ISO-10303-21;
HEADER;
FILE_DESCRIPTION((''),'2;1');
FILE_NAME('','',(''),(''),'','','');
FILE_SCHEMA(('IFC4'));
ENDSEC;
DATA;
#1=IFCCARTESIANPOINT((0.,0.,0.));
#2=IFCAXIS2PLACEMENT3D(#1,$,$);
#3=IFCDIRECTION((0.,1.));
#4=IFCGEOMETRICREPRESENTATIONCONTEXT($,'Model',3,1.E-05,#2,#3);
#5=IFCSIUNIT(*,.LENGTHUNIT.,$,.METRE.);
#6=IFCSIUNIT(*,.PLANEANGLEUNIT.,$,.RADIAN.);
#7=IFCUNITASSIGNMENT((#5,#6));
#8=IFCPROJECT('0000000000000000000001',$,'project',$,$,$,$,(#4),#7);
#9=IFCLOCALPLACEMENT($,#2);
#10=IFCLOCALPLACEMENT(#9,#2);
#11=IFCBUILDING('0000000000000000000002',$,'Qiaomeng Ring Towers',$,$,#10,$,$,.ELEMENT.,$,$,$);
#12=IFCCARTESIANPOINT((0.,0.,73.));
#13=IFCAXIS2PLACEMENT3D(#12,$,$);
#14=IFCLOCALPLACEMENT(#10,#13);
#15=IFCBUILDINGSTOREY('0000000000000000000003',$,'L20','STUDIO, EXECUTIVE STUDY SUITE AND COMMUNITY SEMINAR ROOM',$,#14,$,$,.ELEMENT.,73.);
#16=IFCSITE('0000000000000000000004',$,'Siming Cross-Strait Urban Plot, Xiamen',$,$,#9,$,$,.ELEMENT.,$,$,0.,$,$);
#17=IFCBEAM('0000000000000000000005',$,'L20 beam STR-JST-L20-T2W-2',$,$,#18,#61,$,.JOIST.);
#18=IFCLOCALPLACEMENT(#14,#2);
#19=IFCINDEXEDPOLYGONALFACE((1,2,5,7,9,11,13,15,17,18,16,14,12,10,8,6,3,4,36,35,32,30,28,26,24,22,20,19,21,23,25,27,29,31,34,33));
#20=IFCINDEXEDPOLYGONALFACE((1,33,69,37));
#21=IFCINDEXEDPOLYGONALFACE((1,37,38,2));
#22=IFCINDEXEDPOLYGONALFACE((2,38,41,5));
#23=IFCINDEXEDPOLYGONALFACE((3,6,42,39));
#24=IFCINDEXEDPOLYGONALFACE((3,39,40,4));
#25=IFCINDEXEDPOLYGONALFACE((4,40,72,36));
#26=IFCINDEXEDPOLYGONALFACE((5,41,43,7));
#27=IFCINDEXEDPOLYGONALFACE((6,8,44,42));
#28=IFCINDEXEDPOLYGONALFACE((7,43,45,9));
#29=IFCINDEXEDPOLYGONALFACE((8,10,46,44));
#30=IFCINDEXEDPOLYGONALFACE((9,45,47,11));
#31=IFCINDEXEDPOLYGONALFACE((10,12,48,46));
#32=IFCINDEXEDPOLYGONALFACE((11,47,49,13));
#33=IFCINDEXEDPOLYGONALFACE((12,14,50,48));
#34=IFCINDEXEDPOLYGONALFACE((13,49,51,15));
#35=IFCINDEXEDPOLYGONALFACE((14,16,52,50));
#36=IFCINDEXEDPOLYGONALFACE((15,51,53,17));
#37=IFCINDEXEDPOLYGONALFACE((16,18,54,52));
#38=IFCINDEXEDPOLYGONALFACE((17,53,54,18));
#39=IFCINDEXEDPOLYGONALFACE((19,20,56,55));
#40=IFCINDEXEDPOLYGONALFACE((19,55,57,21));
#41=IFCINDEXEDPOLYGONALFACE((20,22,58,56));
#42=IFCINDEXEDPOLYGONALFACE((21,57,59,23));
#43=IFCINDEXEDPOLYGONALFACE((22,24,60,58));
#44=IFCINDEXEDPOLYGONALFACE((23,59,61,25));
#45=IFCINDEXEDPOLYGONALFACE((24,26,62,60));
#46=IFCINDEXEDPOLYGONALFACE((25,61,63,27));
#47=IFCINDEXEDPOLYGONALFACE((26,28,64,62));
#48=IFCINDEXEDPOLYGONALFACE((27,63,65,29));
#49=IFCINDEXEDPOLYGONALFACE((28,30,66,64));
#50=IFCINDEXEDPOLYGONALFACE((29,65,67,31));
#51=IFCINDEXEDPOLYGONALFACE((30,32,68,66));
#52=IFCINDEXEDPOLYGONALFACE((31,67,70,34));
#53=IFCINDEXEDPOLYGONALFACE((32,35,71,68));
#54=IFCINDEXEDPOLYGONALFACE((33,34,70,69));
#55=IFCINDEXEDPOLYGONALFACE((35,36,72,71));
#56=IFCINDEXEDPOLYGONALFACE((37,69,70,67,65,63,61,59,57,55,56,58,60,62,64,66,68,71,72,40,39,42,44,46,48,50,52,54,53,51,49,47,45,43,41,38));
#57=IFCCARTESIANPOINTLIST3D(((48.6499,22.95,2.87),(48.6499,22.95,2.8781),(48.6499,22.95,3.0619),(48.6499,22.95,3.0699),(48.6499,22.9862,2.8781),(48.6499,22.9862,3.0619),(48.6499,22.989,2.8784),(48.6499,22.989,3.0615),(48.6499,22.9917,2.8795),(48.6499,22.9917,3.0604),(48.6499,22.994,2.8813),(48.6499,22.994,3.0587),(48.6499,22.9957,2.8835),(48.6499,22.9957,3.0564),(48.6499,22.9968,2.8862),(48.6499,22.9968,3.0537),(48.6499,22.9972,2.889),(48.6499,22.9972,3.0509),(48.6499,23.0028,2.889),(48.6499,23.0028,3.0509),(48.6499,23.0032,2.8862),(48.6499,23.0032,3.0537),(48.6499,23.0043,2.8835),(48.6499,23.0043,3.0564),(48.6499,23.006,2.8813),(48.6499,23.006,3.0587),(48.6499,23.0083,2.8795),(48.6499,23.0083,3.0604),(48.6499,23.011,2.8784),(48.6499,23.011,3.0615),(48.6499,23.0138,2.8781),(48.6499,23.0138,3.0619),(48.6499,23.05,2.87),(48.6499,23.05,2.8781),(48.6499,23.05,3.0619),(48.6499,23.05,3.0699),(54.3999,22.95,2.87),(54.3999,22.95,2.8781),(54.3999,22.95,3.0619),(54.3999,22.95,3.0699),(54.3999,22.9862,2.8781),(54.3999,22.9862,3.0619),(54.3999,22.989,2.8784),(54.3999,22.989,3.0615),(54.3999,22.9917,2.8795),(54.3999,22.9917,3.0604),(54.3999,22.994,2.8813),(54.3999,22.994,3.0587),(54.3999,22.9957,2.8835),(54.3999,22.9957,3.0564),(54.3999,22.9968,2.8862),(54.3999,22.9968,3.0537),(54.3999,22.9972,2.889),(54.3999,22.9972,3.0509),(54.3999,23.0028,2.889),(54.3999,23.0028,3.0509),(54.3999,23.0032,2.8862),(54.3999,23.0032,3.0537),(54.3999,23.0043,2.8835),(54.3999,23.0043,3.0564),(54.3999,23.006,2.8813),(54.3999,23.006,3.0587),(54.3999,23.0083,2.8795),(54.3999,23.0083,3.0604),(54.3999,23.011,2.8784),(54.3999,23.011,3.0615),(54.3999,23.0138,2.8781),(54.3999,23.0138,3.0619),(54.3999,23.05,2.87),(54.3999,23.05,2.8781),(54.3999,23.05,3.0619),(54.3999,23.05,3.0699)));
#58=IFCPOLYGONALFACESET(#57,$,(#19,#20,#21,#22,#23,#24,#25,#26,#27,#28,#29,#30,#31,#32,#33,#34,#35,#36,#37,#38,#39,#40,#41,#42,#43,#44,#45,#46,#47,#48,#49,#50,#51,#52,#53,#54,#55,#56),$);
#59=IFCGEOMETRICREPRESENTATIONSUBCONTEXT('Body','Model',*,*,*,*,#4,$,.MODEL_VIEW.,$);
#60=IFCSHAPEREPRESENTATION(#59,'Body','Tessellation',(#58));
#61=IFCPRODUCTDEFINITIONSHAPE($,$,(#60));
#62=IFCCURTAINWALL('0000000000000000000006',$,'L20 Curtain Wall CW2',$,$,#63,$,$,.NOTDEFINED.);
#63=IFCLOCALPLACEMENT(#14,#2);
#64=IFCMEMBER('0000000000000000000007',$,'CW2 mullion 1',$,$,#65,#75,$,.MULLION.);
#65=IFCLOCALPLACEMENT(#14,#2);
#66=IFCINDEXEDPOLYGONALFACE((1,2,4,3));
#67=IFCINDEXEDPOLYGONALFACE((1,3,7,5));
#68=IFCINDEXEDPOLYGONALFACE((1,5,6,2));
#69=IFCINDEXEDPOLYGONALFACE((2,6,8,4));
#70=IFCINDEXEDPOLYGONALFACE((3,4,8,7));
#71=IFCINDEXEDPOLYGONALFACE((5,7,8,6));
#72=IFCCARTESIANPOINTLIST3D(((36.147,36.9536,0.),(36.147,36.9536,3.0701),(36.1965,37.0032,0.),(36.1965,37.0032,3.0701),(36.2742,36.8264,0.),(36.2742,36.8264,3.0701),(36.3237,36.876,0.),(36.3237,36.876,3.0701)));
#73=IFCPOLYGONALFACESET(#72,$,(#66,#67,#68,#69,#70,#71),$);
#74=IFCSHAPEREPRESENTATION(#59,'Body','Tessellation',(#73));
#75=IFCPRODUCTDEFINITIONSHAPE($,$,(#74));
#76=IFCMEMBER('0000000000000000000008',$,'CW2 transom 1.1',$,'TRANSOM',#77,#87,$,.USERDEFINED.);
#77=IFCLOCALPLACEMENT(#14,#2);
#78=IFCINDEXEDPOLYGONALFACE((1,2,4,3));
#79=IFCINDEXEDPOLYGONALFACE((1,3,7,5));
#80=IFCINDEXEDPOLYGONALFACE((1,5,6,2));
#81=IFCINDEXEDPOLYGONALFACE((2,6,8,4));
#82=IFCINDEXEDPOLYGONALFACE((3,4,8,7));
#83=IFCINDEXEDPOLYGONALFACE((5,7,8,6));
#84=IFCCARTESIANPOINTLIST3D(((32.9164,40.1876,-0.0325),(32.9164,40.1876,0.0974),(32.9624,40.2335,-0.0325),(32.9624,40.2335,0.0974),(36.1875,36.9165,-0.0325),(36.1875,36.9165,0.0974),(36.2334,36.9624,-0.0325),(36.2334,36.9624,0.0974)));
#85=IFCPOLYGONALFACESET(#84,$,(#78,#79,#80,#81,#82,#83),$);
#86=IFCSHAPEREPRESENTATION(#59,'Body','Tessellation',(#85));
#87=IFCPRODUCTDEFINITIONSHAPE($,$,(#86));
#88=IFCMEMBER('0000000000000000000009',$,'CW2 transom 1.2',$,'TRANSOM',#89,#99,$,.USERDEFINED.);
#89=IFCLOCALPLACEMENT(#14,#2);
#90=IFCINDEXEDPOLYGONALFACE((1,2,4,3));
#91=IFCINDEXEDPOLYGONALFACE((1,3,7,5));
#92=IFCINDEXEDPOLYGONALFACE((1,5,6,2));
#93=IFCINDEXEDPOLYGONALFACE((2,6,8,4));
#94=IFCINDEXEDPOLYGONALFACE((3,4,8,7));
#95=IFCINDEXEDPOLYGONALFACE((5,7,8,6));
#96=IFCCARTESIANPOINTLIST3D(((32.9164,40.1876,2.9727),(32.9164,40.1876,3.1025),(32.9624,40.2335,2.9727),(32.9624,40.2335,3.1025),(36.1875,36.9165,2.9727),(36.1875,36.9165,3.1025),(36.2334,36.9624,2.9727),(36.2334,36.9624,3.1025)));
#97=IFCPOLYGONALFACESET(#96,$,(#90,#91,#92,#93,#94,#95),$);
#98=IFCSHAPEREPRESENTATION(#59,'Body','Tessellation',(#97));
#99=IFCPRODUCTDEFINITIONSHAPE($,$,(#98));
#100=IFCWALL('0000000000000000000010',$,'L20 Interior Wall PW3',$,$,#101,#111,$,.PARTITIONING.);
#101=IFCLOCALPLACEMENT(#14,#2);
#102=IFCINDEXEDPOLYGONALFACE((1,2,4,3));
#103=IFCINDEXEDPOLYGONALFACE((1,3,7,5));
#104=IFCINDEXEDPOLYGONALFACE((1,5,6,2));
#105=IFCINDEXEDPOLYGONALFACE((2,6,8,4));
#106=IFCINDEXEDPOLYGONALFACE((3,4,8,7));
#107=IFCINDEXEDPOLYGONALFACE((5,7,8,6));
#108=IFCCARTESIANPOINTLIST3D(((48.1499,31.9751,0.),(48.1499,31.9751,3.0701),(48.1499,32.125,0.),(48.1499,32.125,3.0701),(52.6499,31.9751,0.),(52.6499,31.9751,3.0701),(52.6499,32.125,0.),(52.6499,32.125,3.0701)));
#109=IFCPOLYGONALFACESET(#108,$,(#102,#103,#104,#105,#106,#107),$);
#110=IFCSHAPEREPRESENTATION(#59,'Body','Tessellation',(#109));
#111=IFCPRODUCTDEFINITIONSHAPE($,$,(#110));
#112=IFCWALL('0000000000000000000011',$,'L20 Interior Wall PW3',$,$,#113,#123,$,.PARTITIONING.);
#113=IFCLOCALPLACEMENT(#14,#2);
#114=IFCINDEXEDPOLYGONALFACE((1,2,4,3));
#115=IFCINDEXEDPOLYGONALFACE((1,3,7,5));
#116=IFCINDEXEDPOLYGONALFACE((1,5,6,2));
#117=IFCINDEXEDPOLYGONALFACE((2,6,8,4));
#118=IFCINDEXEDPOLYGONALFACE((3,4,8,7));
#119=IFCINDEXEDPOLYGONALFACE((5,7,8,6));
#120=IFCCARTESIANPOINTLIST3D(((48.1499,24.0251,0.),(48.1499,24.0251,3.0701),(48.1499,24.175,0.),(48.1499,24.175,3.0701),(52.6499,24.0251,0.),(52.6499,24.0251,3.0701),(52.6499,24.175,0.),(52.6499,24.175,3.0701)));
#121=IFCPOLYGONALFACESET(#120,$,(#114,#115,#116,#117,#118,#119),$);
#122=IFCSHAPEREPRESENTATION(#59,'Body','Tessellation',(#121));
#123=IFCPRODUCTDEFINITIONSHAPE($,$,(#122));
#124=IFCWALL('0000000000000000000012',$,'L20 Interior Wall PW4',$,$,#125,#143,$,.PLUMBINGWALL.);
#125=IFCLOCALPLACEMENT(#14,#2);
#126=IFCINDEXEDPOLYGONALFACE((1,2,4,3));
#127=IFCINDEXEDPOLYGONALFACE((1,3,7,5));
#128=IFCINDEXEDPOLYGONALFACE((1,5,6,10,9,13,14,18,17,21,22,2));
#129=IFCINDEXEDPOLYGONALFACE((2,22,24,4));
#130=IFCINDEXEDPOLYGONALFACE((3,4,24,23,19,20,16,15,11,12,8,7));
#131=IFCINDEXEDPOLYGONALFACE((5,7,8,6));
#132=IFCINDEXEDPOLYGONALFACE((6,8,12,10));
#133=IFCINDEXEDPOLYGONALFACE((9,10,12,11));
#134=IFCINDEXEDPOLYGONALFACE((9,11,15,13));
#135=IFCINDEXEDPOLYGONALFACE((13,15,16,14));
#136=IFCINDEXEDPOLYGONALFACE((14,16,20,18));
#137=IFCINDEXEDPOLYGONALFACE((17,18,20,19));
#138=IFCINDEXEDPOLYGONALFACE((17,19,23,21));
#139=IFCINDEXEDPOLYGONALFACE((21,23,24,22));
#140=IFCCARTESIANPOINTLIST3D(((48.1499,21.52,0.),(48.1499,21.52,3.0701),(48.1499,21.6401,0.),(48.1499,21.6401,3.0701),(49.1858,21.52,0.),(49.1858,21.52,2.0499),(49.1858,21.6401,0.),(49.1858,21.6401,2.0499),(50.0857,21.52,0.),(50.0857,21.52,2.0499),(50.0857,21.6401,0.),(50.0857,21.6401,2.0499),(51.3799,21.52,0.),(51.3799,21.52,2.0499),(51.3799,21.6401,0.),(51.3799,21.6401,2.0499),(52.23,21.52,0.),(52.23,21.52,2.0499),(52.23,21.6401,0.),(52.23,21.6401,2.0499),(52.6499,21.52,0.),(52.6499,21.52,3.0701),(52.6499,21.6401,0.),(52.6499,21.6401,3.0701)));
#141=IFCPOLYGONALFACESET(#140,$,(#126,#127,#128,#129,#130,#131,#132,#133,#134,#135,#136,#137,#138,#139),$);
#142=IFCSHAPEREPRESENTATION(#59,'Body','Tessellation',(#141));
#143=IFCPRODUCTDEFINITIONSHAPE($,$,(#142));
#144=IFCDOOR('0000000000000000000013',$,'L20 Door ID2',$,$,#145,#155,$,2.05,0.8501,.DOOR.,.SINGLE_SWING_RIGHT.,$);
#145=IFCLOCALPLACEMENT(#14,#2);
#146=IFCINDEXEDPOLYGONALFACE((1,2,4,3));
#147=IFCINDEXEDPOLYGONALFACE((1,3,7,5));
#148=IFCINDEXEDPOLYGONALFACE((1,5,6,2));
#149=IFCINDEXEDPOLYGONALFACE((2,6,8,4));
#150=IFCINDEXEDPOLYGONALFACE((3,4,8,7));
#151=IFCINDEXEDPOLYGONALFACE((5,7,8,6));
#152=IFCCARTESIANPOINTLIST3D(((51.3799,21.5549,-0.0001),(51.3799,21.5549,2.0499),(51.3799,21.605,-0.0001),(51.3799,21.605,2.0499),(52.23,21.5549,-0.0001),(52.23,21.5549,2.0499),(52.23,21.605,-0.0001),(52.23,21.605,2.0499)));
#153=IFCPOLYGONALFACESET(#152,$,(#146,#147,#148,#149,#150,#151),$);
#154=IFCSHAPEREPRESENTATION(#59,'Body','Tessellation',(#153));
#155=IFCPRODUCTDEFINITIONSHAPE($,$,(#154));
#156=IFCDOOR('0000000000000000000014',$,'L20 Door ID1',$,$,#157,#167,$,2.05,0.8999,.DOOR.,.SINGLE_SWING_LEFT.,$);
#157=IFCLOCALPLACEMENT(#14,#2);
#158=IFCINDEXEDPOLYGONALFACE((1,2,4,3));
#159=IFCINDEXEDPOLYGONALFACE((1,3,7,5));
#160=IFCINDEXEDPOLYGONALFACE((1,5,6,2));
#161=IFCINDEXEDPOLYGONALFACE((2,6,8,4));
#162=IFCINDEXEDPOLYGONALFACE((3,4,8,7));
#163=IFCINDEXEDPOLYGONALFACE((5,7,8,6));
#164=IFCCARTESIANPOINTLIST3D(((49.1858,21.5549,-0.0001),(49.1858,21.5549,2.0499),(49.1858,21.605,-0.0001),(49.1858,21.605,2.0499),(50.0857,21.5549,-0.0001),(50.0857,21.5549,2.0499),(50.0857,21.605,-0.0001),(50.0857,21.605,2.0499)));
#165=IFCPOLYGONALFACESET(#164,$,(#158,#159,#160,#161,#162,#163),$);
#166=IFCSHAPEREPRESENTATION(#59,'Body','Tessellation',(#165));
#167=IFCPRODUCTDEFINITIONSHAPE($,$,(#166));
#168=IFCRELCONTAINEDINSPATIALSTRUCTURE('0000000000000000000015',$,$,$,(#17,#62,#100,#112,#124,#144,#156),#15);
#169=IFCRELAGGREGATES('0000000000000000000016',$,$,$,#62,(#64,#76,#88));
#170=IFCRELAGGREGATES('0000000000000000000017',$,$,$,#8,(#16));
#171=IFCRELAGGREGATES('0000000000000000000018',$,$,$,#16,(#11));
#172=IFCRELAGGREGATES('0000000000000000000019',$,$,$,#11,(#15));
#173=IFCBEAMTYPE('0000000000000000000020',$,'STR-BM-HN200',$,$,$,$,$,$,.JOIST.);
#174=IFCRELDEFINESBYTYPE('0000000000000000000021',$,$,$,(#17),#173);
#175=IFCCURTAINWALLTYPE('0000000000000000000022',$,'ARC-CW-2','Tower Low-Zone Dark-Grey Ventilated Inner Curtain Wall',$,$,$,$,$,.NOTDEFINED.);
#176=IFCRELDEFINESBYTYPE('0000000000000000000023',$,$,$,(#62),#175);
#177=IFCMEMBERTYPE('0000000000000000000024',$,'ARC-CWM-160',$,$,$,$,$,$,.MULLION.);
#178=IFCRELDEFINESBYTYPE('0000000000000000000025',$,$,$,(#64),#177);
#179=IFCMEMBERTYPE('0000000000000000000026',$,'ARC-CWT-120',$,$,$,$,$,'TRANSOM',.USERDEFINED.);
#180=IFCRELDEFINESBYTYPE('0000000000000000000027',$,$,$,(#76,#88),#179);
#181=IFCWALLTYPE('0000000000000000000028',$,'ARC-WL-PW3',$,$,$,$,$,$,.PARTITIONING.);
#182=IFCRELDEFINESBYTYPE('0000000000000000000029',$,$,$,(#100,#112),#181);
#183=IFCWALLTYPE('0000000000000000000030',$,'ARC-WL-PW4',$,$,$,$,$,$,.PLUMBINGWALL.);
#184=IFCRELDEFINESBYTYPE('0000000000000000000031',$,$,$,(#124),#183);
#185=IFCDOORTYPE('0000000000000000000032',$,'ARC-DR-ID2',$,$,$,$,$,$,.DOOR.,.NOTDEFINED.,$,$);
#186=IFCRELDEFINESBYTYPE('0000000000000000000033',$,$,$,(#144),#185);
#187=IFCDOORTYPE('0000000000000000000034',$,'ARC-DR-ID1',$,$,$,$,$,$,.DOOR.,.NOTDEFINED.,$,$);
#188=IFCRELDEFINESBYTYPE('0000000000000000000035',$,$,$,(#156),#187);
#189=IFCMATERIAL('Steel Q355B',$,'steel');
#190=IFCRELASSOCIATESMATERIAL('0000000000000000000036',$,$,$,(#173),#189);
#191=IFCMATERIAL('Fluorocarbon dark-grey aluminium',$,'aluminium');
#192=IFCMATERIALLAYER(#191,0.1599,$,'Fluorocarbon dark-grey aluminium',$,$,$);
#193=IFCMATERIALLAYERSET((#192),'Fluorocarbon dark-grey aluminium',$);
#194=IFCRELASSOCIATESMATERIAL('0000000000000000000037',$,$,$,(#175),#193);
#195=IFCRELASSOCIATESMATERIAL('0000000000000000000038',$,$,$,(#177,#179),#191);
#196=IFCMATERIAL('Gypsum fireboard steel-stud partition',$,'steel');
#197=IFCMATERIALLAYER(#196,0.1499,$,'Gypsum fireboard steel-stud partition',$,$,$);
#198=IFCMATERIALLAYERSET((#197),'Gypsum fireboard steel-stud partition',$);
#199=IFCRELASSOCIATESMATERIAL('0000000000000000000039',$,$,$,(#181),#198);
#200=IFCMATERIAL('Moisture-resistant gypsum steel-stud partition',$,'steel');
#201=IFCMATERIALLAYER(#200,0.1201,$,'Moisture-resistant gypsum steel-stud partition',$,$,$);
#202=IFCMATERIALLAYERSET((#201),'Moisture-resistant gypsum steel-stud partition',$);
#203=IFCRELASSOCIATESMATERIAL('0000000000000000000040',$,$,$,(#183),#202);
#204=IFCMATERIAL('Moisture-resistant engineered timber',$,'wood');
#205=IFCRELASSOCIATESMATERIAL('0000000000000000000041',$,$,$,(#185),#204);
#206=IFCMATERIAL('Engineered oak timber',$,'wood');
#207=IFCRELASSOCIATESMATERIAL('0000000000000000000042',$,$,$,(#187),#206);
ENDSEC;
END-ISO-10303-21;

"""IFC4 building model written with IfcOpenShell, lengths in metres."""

from ifc_helpers import new_model, si_unit, direction, frame, frame_2d, origin, origin_2d, place, context, subcontext, project, spatial, rectangle, i_section, extrude, source, transform, mapped, material, layer, layer_set, material_profile, profile_set, type_object, element, fill, aggregate, save


model = new_model("IFC4")

# Units and contexts
model_context = context("Model", 3, precision=1e-05, world=origin(), true_north=direction((0.0, 1.0)))
body_context = subcontext(model_context, "Body", "Model", "MODEL_VIEW")
ifc_project = project(units=[si_unit("LENGTHUNIT", "METRE"), si_unit("PLANEANGLEUNIT", "RADIAN")], contexts=[model_context])

# Site, building, storey
site_placement = place(None, origin())
site = spatial("IfcSite", under=ifc_project, at=site_placement, Name="Siming Cross-Strait Urban Plot, Xiamen", CompositionType="ELEMENT", RefElevation=0.0)
building_placement = place(site_placement, origin())
building = spatial("IfcBuilding", under=site, at=building_placement, Name="Qiaomeng Ring Towers", CompositionType="ELEMENT")
storey_placement = place(building_placement, frame((0.0, 0.0, 73.0)))
storey = spatial("IfcBuildingStorey", under=building, at=storey_placement, Name="L20", Description="STUDIO, EXECUTIVE STUDY SUITE AND COMMUNITY SEMINAR ROOM", CompositionType="ELEMENT", Elevation=73.0)

# Beam
ifc_material_1 = material(Name="Steel Q355B", Category="steel")
ifc_material_profile_1 = material_profile(ifc_material_1, i_section(OverallWidth=0.1001, OverallDepth=0.2, WebThickness=0.0056, FlangeThickness=0.0081, FilletRadius=0.011, at=origin_2d()), Name="HN 200x100x5.5x8")
ifc_profile_set_1 = profile_set([ifc_material_profile_1], Name="Steel Q355B")
beam_type_1 = type_object("IfcBeamType", Name="STR-BM-HN200", PredefinedType="JOIST", material=ifc_profile_set_1)
shared_shape_1 = source(origin(), body_context, "Body", "SweptSolid", [
    extrude(i_section(OverallWidth=0.1001, OverallDepth=0.2, WebThickness=0.0056, FlangeThickness=0.0081, FilletRadius=0.011, at=origin_2d()), origin(), (0.0, 0.0, 1.0), 5.75),
])
beam_1_placement = place(storey_placement, frame((48.6499, 23.0, 2.97), z_axis=(1.0, 0.0, 0.0), x_axis=(0.0, 1.0, 0.0)))
element("IfcBeam", 1, at=beam_1_placement, inside=storey, type_object=beam_type_1, Name="L20 beam STR-JST-L20-T2W-2", PredefinedType="JOIST", context=body_context, shape_type="MappedRepresentation", body=[
    mapped(shared_shape_1, transform((0.0, 0.0, 0.0), x_axis=(1.0, 0.0, 0.0), y_axis=(0.0, 1.0, 0.0), z_axis=(0.0, 0.0, 1.0), scale=1.0)),
])

# Curtain wall, members
ifc_material_2 = material(Name="Fluorocarbon dark-grey aluminium", Category="aluminium")
ifc_layer_1 = layer(ifc_material_2, 0.1599, Name="Fluorocarbon dark-grey aluminium")
ifc_layer_set_1 = layer_set([ifc_layer_1], Name="Fluorocarbon dark-grey aluminium")
curtain_wall_type = type_object("IfcCurtainWallType", Name="ARC-CW-2", Description="Tower Low-Zone Dark-Grey Ventilated Inner Curtain Wall", PredefinedType="NOTDEFINED", material=ifc_layer_set_1)
curtain_wall_placement = place(storey_placement, origin())
curtain_wall = element("IfcCurtainWall", 2, at=curtain_wall_placement, inside=storey, type_object=curtain_wall_type, Name="L20 Curtain Wall CW2", PredefinedType="NOTDEFINED")
ifc_material_profile_2 = material_profile(ifc_material_2, rectangle(XDim=0.0701, YDim=0.1799, at=origin_2d()), Name="ALU MULL 70x180")
ifc_profile_set_2 = profile_set([ifc_material_profile_2], Name="Fluorocarbon dark-grey aluminium")
member_type_1 = type_object("IfcMemberType", Name="ARC-CWM-160", PredefinedType="MULLION", material=ifc_profile_set_2)
shared_shape_2 = source(origin(), body_context, "Body", "SweptSolid", [
    extrude(rectangle(XDim=0.0701, YDim=0.1799, at=origin_2d()), origin(), (0.0, 0.0, 1.0), 3.0701),
])
member_1_placement = place(storey_placement, frame((36.2354, 36.9148, 0.0), z_axis=(0.0, 0.0, 1.0), x_axis=(-0.707107, -0.707107, 0.0)))
member_1 = element("IfcMember", 3, at=member_1_placement, type_object=member_type_1, Name="CW2 mullion 1", PredefinedType="MULLION", context=body_context, shape_type="MappedRepresentation", body=[
    mapped(shared_shape_2, transform((0.0, 0.0, 0.0), x_axis=(1.0, 0.0, 0.0), y_axis=(0.0, 1.0, 0.0), z_axis=(0.0, 0.0, 1.0), scale=1.0)),
])
ifc_material_profile_3 = material_profile(ifc_material_2, rectangle(XDim=0.0649, YDim=0.1299, at=origin_2d()), Name="ALU TRAN 65x130")
ifc_profile_set_3 = profile_set([ifc_material_profile_3], Name="Fluorocarbon dark-grey aluminium")
member_type_2 = type_object("IfcMemberType", Name="ARC-CWT-120", ElementType="TRANSOM", PredefinedType="USERDEFINED", material=ifc_profile_set_3)
shared_shape_3 = source(origin(), body_context, "Body", "SweptSolid", [
    extrude(rectangle(XDim=0.0649, YDim=0.1299, at=origin_2d()), origin(), (0.0, 0.0, 1.0), 4.626),
])
member_2_placement = place(storey_placement, frame((36.2104, 36.9395, 0.0325), z_axis=(-0.707107, 0.707107, 0.0), x_axis=(-0.707107, -0.707107, 0.0)))
member_2 = element("IfcMember", 4, at=member_2_placement, type_object=member_type_2, Name="CW2 transom 1.1", ObjectType="TRANSOM", PredefinedType="USERDEFINED", context=body_context, shape_type="MappedRepresentation", body=[
    mapped(shared_shape_3, transform((0.0, 0.0, 0.0), x_axis=(1.0, 0.0, 0.0), y_axis=(0.0, 1.0, 0.0), z_axis=(0.0, 0.0, 1.0), scale=1.0)),
])
member_3_placement = place(storey_placement, frame((36.2104, 36.9395, 3.0376), z_axis=(-0.707107, 0.707107, 0.0), x_axis=(-0.707107, -0.707107, 0.0)))
member_3 = element("IfcMember", 5, at=member_3_placement, type_object=member_type_2, Name="CW2 transom 1.2", ObjectType="TRANSOM", PredefinedType="USERDEFINED", context=body_context, shape_type="MappedRepresentation", body=[
    mapped(shared_shape_3, transform((0.0, 0.0, 0.0), x_axis=(1.0, 0.0, 0.0), y_axis=(0.0, 1.0, 0.0), z_axis=(0.0, 0.0, 1.0), scale=1.0)),
])
aggregate(curtain_wall, [member_1, member_2, member_3])

# Walls
ifc_material_3 = material(Name="Gypsum fireboard steel-stud partition", Category="steel")
ifc_layer_2 = layer(ifc_material_3, 0.1499, Name="Gypsum fireboard steel-stud partition")
ifc_layer_set_2 = layer_set([ifc_layer_2], Name="Gypsum fireboard steel-stud partition")
wall_type_1 = type_object("IfcWallType", Name="ARC-WL-PW3", PredefinedType="PARTITIONING", material=ifc_layer_set_2)
for number, where, z_axis, x_axis, name in (
    (6, (48.1499, 32.05, 0.0), (0.0, 0.0, 1.0), (1.0, 0.0, 0.0), "L20 Interior Wall PW3"),
    (7, (48.1499, 24.1001, 0.0), (0.0, 0.0, 1.0), (1.0, 0.0, 0.0), "L20 Interior Wall PW3"),
):
    element("IfcWall", number, at=place(storey_placement, frame(where, z_axis=z_axis, x_axis=x_axis)), inside=storey, type_object=wall_type_1, Name=name, PredefinedType="PARTITIONING", context=body_context, shape_type="SweptSolid", body=[
        extrude(rectangle(XDim=4.5, YDim=0.1499, at=frame_2d((2.25, 0.0))), origin(), (0.0, 0.0, 1.0), 3.0701),
    ])

# Wall, openings, doors
ifc_material_4 = material(Name="Moisture-resistant gypsum steel-stud partition", Category="steel")
ifc_layer_3 = layer(ifc_material_4, 0.1201, Name="Moisture-resistant gypsum steel-stud partition")
ifc_layer_set_3 = layer_set([ifc_layer_3], Name="Moisture-resistant gypsum steel-stud partition")
wall_type_2 = type_object("IfcWallType", Name="ARC-WL-PW4", PredefinedType="PLUMBINGWALL", material=ifc_layer_set_3)
wall_1_placement = place(storey_placement, frame((48.1499, 21.5801, 0.0), z_axis=(0.0, 0.0, 1.0), x_axis=(1.0, 0.0, 0.0)))
wall_1 = element("IfcWall", 8, at=wall_1_placement, inside=storey, type_object=wall_type_2, Name="L20 Interior Wall PW4", PredefinedType="PLUMBINGWALL", context=body_context, shape_type="SweptSolid", body=[
    extrude(rectangle(XDim=4.5, YDim=0.1201, at=frame_2d((2.25, 0.0))), origin(), (0.0, 0.0, 1.0), 3.0701),
])
opening_1_placement = place(wall_1_placement, frame((1.0359, 0.0, 0.0)))
opening_1 = element("IfcOpeningElement", 9, at=opening_1_placement, cuts=wall_1, PredefinedType="OPENING", context=body_context, shape_type="SweptSolid", body=[
    extrude(rectangle(XDim=0.8999, YDim=2.05, at=frame_2d((0.45, 1.0249))), frame((0.0, 0.0701, 0.0), z_axis=(0.0, -1.0, 0.0), x_axis=(1.0, 0.0, 0.0)), (0.0, 0.0, 1.0), 0.1401),
])
opening_2_placement = place(wall_1_placement, frame((3.23, 0.0, 0.0)))
opening_2 = element("IfcOpeningElement", 10, at=opening_2_placement, cuts=wall_1, PredefinedType="OPENING", context=body_context, shape_type="SweptSolid", body=[
    extrude(rectangle(XDim=0.8501, YDim=2.05, at=frame_2d((0.425, 1.0249))), frame((0.0, 0.0701, 0.0), z_axis=(0.0, -1.0, 0.0), x_axis=(1.0, 0.0, 0.0)), (0.0, 0.0, 1.0), 0.1401),
])
ifc_material_5 = material(Name="Moisture-resistant engineered timber", Category="wood")
door_type_1 = type_object("IfcDoorType", Name="ARC-DR-ID2", OperationType="NOTDEFINED", PredefinedType="DOOR", material=ifc_material_5)
shared_shape_4 = source(origin(), body_context, "Body", "SweptSolid", [
    extrude(rectangle(XDim=0.8501, YDim=2.05, at=frame_2d((0.425, 1.0249))), frame((0.0, 0.0249, 0.0), z_axis=(0.0, -1.0, 0.0), x_axis=(1.0, 0.0, 0.0)), (0.0, 0.0, 1.0), 0.05),
])
door_1_placement = place(opening_2_placement, origin())
door_1 = element("IfcDoor", 11, at=door_1_placement, inside=storey, type_object=door_type_1, Name="L20 Door ID2", OperationType="SINGLE_SWING_RIGHT", OverallHeight=2.05, OverallWidth=0.8501, PredefinedType="DOOR", context=body_context, shape_type="MappedRepresentation", body=[
    mapped(shared_shape_4, transform((0.0, 0.0, 0.0), x_axis=(1.0, 0.0, 0.0), y_axis=(0.0, 1.0, 0.0), z_axis=(0.0, 0.0, 1.0), scale=1.0)),
])
fill(opening_2, door_1)
ifc_material_6 = material(Name="Engineered oak timber", Category="wood")
door_type_2 = type_object("IfcDoorType", Name="ARC-DR-ID1", OperationType="NOTDEFINED", PredefinedType="DOOR", material=ifc_material_6)
shared_shape_5 = source(origin(), body_context, "Body", "SweptSolid", [
    extrude(rectangle(XDim=0.8999, YDim=2.05, at=frame_2d((0.45, 1.0249))), frame((0.0, 0.0249, 0.0), z_axis=(0.0, -1.0, 0.0), x_axis=(1.0, 0.0, 0.0)), (0.0, 0.0, 1.0), 0.05),
])
door_2_placement = place(opening_1_placement, origin())
door_2 = element("IfcDoor", 12, at=door_2_placement, inside=storey, type_object=door_type_2, Name="L20 Door ID1", OperationType="SINGLE_SWING_LEFT", OverallHeight=2.05, OverallWidth=0.8999, PredefinedType="DOOR", context=body_context, shape_type="MappedRepresentation", body=[
    mapped(shared_shape_5, transform((0.0, 0.0, 0.0), x_axis=(1.0, 0.0, 0.0), y_axis=(0.0, 1.0, 0.0), z_axis=(0.0, 0.0, 1.0), scale=1.0)),
])
fill(opening_1, door_2)

save(model, "model.ifc")
